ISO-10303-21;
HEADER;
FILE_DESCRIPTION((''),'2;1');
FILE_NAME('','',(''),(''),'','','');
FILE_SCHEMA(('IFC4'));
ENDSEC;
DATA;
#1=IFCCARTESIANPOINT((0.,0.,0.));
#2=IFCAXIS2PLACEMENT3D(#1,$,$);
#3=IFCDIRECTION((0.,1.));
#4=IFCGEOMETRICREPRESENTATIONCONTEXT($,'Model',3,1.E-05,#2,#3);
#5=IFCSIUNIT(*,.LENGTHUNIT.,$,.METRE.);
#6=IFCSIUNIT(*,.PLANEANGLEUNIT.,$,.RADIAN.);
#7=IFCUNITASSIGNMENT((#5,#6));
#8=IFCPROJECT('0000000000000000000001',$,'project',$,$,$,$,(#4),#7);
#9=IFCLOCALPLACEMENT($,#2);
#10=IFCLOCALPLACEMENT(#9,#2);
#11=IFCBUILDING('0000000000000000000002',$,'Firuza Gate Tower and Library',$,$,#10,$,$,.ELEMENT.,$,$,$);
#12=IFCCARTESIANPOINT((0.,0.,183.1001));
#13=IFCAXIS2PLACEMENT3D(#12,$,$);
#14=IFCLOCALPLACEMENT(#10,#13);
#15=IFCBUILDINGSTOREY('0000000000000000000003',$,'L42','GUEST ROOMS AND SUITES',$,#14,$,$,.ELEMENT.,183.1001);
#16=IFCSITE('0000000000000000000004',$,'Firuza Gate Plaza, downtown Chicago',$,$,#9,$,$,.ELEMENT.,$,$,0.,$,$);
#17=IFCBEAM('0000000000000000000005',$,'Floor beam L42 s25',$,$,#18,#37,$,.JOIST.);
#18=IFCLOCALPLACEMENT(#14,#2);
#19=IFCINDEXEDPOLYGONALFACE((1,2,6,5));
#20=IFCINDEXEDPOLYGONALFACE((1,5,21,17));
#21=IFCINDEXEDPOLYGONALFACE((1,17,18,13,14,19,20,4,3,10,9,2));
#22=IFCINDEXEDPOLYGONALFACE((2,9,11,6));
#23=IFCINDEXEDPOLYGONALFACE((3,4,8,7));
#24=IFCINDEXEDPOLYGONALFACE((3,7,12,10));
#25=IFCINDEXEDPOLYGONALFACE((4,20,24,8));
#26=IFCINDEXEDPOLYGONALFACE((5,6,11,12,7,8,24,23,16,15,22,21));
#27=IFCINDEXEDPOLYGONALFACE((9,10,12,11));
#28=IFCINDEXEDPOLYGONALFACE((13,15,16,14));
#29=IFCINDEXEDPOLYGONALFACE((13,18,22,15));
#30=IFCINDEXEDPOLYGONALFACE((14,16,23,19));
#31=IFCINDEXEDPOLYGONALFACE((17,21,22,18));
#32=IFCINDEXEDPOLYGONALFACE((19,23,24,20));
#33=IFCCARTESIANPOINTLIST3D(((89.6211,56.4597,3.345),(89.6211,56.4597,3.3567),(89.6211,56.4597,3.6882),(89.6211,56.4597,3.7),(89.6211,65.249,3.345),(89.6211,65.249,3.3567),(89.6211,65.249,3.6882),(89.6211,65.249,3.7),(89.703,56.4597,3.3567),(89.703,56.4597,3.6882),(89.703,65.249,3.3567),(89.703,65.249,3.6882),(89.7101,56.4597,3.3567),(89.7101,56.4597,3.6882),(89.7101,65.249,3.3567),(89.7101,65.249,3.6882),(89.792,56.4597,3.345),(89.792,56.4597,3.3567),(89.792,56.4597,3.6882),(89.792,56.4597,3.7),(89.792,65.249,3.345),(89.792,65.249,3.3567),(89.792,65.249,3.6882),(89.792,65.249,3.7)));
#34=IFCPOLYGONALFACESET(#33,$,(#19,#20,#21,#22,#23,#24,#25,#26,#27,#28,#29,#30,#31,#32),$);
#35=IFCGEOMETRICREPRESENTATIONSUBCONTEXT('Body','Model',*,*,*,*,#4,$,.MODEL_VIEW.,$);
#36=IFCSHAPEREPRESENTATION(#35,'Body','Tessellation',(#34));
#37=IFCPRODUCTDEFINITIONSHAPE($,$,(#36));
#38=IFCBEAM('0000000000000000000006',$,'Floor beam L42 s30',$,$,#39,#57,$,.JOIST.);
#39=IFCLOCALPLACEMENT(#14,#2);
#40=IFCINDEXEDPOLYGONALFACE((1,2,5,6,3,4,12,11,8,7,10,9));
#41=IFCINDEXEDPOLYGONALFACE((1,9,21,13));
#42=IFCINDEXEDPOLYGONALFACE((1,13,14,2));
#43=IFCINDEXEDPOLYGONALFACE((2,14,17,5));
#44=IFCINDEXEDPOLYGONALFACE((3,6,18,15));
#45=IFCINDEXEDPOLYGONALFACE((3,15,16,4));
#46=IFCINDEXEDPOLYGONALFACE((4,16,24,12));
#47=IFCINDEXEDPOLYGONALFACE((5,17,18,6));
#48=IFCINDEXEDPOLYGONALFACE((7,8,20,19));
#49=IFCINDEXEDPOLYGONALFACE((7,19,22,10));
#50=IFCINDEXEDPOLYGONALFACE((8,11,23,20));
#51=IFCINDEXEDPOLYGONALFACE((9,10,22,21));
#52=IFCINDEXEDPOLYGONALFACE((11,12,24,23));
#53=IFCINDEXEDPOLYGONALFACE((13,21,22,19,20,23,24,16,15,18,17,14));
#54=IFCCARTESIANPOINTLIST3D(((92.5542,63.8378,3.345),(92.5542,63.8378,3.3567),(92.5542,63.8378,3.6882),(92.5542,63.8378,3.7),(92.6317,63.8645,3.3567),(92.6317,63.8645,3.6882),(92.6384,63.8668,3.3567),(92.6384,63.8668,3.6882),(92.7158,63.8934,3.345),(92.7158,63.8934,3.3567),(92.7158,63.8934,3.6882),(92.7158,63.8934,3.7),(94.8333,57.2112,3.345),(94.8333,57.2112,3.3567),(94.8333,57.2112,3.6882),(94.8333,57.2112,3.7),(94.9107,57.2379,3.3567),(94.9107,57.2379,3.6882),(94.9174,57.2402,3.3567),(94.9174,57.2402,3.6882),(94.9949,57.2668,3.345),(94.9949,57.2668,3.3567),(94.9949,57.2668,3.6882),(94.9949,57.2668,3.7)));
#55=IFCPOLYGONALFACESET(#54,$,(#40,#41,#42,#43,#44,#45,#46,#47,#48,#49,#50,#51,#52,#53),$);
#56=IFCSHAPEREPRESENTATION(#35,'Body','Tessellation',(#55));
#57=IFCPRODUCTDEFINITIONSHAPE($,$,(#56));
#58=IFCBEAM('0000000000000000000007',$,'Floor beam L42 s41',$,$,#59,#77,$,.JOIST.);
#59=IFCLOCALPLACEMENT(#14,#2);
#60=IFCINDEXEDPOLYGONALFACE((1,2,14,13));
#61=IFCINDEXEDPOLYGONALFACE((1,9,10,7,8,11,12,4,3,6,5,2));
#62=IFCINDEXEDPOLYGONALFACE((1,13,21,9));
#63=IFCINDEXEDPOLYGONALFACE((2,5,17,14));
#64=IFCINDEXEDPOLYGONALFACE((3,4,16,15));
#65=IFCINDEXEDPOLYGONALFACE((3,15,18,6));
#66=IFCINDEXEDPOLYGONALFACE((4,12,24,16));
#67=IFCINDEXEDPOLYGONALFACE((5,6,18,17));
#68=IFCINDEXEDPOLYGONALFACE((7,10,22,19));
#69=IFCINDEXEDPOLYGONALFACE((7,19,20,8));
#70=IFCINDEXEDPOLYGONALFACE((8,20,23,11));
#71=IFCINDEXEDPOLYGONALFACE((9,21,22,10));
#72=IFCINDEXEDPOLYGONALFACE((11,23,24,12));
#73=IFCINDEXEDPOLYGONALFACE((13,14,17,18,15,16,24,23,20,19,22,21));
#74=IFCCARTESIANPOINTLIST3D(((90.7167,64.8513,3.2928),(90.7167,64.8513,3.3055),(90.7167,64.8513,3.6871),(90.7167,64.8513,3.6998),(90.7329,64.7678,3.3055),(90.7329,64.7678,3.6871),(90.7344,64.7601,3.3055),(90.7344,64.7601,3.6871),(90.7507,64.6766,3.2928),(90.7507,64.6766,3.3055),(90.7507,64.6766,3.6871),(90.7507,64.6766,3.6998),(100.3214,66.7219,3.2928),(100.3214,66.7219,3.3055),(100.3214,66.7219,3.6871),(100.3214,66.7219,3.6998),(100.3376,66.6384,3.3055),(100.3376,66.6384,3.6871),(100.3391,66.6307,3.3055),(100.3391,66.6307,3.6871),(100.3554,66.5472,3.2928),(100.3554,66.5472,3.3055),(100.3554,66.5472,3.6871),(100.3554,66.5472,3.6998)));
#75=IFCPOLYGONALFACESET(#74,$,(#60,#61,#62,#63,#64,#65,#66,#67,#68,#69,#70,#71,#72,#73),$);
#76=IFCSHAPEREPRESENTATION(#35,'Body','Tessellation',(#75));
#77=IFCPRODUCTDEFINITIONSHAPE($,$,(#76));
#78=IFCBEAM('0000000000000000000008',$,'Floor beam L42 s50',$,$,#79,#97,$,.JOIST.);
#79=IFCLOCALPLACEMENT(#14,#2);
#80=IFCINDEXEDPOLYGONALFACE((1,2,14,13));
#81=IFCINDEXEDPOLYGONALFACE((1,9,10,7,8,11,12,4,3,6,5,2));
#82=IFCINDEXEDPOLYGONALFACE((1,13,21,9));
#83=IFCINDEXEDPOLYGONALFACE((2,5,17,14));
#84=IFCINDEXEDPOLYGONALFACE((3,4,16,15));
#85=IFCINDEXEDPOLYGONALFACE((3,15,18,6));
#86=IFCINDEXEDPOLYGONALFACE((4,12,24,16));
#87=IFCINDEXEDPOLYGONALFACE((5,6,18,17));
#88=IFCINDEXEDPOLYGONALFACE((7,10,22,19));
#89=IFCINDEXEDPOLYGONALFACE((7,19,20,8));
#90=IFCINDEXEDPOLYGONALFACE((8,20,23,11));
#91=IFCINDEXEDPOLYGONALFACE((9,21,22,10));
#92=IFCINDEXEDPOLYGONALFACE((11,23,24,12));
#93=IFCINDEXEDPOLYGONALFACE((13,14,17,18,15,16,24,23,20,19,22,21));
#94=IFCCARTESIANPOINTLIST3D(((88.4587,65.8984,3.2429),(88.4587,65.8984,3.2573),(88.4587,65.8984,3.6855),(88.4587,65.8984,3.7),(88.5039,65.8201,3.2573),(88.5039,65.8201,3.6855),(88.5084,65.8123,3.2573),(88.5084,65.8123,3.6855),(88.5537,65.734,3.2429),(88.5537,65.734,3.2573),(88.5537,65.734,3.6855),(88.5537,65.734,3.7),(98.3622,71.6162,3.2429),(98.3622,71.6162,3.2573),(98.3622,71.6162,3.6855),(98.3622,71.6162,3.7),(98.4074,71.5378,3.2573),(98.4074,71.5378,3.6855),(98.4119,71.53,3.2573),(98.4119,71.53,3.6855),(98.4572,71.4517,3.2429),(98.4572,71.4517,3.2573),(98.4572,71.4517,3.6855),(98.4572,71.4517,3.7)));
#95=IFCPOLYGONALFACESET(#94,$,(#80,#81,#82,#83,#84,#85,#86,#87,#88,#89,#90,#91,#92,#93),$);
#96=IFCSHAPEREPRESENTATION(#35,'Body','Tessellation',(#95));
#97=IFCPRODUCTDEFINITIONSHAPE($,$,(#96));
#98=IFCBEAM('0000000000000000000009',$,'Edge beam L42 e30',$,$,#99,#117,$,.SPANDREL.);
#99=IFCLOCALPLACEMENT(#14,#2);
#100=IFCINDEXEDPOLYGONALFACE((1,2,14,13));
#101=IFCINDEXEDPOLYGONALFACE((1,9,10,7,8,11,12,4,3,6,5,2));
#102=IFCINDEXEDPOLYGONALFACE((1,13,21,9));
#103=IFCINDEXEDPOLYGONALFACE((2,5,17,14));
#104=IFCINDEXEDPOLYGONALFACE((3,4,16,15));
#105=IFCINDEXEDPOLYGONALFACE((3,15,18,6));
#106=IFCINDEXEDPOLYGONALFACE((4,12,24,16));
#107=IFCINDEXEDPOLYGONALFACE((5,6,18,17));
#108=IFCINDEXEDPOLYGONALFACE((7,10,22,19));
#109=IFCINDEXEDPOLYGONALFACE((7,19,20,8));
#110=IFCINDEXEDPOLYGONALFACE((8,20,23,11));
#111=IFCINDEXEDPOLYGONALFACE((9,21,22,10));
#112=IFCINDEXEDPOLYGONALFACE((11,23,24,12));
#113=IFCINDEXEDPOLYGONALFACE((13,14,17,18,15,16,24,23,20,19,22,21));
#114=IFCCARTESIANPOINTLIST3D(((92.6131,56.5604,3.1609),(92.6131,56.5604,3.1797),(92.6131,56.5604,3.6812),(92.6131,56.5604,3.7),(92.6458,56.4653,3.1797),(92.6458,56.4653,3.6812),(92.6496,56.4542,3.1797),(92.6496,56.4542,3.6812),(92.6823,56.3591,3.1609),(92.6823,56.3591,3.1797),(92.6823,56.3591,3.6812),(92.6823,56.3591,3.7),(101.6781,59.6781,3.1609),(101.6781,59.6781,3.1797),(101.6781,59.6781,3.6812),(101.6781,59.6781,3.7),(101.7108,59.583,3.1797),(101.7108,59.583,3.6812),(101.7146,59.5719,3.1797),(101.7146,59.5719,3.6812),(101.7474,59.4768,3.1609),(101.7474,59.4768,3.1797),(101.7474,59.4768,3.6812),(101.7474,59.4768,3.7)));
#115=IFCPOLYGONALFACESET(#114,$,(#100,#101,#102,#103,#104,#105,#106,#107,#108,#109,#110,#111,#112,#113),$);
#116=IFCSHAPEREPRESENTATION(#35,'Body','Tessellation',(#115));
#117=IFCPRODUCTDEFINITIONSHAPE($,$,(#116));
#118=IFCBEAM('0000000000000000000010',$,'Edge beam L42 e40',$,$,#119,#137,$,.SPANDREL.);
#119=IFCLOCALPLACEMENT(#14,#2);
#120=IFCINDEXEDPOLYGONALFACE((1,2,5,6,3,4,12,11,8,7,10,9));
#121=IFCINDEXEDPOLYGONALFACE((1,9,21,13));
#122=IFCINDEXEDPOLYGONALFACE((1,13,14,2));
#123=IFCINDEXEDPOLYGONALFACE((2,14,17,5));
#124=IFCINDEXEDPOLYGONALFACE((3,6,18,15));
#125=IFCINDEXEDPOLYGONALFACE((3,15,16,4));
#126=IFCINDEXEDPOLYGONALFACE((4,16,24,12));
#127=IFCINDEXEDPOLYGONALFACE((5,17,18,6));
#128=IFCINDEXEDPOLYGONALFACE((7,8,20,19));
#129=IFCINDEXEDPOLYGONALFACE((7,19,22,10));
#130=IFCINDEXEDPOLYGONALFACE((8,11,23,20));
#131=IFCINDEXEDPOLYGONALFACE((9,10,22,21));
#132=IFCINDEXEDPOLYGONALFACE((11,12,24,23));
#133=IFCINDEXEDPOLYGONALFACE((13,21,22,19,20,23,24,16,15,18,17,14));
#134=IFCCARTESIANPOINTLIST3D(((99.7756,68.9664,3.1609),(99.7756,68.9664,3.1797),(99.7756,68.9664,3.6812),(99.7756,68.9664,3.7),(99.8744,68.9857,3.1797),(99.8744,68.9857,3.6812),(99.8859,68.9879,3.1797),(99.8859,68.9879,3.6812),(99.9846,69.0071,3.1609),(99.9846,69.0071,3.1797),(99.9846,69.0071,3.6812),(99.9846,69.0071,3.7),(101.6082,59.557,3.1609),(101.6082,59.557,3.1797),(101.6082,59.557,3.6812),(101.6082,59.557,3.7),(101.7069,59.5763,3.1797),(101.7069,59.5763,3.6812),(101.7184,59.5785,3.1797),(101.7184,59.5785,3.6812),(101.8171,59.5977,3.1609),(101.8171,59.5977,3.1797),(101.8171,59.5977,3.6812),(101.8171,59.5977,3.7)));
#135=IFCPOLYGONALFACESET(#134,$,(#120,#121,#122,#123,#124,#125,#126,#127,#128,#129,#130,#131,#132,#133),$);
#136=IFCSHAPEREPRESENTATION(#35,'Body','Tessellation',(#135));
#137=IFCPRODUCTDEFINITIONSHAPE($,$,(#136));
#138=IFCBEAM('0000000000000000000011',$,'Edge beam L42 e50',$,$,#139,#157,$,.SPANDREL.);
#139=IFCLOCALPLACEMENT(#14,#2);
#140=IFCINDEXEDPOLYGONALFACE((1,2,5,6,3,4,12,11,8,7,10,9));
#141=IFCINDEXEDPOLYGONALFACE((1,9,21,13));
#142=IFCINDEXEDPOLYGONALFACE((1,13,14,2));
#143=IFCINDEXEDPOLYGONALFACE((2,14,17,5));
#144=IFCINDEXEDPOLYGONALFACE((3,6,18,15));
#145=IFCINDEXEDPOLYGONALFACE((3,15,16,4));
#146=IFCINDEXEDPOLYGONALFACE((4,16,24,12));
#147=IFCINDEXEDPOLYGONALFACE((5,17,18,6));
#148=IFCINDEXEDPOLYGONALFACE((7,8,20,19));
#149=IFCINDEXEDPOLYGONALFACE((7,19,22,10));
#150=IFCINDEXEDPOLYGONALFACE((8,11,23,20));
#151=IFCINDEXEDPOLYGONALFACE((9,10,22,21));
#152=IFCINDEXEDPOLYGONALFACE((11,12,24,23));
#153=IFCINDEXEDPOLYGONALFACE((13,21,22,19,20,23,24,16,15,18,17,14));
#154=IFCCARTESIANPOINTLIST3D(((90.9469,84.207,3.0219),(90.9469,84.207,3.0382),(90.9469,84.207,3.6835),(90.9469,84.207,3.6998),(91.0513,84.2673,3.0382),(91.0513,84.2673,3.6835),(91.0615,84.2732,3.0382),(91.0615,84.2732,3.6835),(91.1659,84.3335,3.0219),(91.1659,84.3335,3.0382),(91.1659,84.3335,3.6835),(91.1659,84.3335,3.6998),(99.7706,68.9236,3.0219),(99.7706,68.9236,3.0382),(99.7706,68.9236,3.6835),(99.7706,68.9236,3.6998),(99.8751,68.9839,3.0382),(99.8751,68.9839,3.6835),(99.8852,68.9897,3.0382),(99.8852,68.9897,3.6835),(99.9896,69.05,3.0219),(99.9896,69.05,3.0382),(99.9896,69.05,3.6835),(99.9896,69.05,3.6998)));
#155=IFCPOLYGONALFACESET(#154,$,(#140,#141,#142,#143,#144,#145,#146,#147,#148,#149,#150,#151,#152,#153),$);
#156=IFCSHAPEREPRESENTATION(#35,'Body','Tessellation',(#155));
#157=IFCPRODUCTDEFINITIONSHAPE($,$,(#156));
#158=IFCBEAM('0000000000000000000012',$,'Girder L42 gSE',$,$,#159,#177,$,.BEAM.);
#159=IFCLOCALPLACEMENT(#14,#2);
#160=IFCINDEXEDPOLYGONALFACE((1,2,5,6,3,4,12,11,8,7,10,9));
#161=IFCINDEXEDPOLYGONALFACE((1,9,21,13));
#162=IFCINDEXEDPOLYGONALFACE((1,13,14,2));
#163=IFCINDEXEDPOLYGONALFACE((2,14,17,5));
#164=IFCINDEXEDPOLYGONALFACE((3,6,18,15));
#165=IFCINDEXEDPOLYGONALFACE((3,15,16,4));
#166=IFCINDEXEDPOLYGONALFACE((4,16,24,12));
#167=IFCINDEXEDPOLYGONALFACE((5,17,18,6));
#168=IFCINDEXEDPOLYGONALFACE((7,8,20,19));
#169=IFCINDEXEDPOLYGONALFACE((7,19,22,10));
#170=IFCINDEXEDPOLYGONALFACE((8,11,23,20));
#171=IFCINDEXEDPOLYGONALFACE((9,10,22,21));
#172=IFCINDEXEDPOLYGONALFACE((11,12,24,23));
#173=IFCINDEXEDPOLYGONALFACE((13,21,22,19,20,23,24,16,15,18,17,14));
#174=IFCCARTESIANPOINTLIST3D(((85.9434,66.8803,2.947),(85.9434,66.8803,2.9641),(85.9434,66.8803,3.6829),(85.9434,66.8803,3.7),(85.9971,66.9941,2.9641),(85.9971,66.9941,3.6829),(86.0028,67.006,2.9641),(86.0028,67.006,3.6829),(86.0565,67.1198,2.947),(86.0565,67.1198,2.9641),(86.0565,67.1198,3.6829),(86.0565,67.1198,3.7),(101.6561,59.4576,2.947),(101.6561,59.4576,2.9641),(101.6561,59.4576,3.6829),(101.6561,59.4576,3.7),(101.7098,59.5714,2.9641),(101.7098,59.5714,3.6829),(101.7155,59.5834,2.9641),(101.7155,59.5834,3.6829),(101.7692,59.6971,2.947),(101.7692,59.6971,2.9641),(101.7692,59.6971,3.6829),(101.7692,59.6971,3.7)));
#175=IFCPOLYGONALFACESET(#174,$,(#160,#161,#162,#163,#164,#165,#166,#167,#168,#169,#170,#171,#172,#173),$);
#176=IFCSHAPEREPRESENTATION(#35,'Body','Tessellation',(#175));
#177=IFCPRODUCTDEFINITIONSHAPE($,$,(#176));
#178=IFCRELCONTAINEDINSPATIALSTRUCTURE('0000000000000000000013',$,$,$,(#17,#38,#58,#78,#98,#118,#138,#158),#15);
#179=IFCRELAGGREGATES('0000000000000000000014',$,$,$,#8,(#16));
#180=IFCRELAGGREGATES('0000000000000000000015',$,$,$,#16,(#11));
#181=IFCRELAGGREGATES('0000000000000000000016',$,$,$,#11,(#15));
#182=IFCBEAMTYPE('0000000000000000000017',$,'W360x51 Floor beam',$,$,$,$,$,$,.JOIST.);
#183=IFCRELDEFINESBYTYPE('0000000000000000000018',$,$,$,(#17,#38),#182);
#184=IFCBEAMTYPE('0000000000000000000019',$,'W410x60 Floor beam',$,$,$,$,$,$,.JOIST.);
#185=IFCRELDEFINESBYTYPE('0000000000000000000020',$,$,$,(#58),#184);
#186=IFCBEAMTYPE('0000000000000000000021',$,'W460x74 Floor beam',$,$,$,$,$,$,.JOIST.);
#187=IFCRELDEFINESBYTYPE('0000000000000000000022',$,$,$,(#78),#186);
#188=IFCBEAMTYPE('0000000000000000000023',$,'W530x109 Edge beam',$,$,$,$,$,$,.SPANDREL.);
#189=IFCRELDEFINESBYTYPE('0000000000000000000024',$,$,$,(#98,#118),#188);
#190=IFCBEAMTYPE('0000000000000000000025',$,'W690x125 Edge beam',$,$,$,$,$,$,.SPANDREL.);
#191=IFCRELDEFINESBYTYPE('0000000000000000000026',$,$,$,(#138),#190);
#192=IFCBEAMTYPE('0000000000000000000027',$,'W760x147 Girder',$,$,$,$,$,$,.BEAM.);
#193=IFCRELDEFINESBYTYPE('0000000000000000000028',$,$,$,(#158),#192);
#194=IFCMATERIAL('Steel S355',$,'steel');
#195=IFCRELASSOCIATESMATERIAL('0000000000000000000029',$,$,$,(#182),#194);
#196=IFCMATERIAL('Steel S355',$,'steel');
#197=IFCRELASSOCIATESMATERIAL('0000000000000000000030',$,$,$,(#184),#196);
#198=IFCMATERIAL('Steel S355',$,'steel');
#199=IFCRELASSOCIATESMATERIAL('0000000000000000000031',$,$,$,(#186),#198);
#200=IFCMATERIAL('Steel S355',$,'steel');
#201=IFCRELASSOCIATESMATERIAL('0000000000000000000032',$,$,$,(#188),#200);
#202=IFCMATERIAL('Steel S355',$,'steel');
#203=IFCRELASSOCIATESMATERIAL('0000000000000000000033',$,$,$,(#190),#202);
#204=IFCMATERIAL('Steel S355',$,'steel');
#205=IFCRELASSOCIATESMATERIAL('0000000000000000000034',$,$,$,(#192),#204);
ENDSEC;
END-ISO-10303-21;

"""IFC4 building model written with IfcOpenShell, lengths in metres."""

from ifc_helpers import new_model, si_unit, direction, frame, origin, origin_2d, place, context, subcontext, project, spatial, i_section, extrude, material, material_profile, profile_set, type_object, element, save


model = new_model("IFC4")

# Units and contexts
model_context = context("Model", 3, precision=1e-05, world=origin(), true_north=direction((0.0, 1.0)))
body_context = subcontext(model_context, "Body", "Model", "MODEL_VIEW")
ifc_project = project(units=[si_unit("LENGTHUNIT", "METRE"), si_unit("PLANEANGLEUNIT", "RADIAN")], contexts=[model_context])

# Site, building, storey
site_placement = place(None, origin())
site = spatial("IfcSite", under=ifc_project, at=site_placement, Name="Firuza Gate Plaza, downtown Chicago", CompositionType="ELEMENT", RefElevation=0.0)
building_placement = place(site_placement, origin())
building = spatial("IfcBuilding", under=site, at=building_placement, Name="Firuza Gate Tower and Library", CompositionType="ELEMENT")
storey_placement = place(building_placement, frame((0.0, 0.0, 183.1001)))
storey = spatial("IfcBuildingStorey", under=building, at=storey_placement, Name="L42", Description="GUEST ROOMS AND SUITES", CompositionType="ELEMENT", Elevation=183.1001)

# Beams
ifc_material_1 = material(Name="Steel S355", Category="steel")
ifc_material_profile_1 = material_profile(ifc_material_1, i_section(OverallWidth=0.1709, OverallDepth=0.355, WebThickness=0.0071, FlangeThickness=0.0117, at=origin_2d()))
ifc_profile_set_1 = profile_set([ifc_material_profile_1], Name="Steel S355")
beam_type_1 = type_object("IfcBeamType", Name="W360x51 Floor beam", PredefinedType="JOIST", material=ifc_profile_set_1)
beam_1_placement = place(storey_placement, frame((89.7065, 56.4597, 3.5225), z_axis=(0.0, 1.0, 0.0), x_axis=(-1.0, 0.0, 0.0)))
element("IfcBeam", 1, at=beam_1_placement, inside=storey, type_object=beam_type_1, Name="Floor beam L42 s25", PredefinedType="JOIST", context=body_context, shape_type="SweptSolid", body=[
    extrude(i_section(OverallWidth=0.1709, OverallDepth=0.355, WebThickness=0.0071, FlangeThickness=0.0117, at=origin_2d()), origin(), (0.0, 0.0, 1.0), 8.7893),
])
beam_2_placement = place(storey_placement, frame((94.9141, 57.239, 3.5225), z_axis=(-0.325223, 0.945637, 0.0), x_axis=(-0.945637, -0.325223, 0.0)))
element("IfcBeam", 2, at=beam_2_placement, inside=storey, type_object=beam_type_1, Name="Floor beam L42 s30", PredefinedType="JOIST", context=body_context, shape_type="SweptSolid", body=[
    extrude(i_section(OverallWidth=0.1709, OverallDepth=0.355, WebThickness=0.0071, FlangeThickness=0.0117, at=origin_2d()), origin(), (0.0, 0.0, 1.0), 7.0076),
])
ifc_material_2 = material(Name="Steel S355", Category="steel")
ifc_material_profile_2 = material_profile(ifc_material_2, i_section(OverallWidth=0.178, OverallDepth=0.407, WebThickness=0.0078, FlangeThickness=0.0127, at=origin_2d()))
ifc_profile_set_2 = profile_set([ifc_material_profile_2], Name="Steel S355")
beam_type_2 = type_object("IfcBeamType", Name="W410x60 Floor beam", PredefinedType="JOIST", material=ifc_profile_set_2)
beam_3_placement = place(storey_placement, frame((100.3384, 66.6345, 3.4963), z_axis=(-0.981558, -0.191167, 0.0), x_axis=(0.191167, -0.981558, 0.0)))
element("IfcBeam", 3, at=beam_3_placement, inside=storey, type_object=beam_type_2, Name="Floor beam L42 s41", PredefinedType="JOIST", context=body_context, shape_type="SweptSolid", body=[
    extrude(i_section(OverallWidth=0.178, OverallDepth=0.407, WebThickness=0.0078, FlangeThickness=0.0127, at=origin_2d()), origin(), (0.0, 0.0, 1.0), 9.7852),
])
ifc_material_3 = material(Name="Steel S355", Category="steel")
ifc_material_profile_3 = material_profile(ifc_material_3, i_section(OverallWidth=0.1899, OverallDepth=0.457, WebThickness=0.009, FlangeThickness=0.0144, at=origin_2d()))
ifc_profile_set_3 = profile_set([ifc_material_profile_3], Name="Steel S355")
beam_type_3 = type_object("IfcBeamType", Name="W460x74 Floor beam", PredefinedType="JOIST", material=ifc_profile_set_3)
beam_4_placement = place(storey_placement, frame((98.4097, 71.5339, 3.4714), z_axis=(-0.866027, -0.499997, 0.0), x_axis=(0.499997, -0.866027, 0.0)))
element("IfcBeam", 4, at=beam_4_placement, inside=storey, type_object=beam_type_3, Name="Floor beam L42 s50", PredefinedType="JOIST", context=body_context, shape_type="SweptSolid", body=[
    extrude(i_section(OverallWidth=0.1899, OverallDepth=0.457, WebThickness=0.009, FlangeThickness=0.0144, at=origin_2d()), origin(), (0.0, 0.0, 1.0), 11.4355),
])
ifc_material_4 = material(Name="Steel S355", Category="steel")
ifc_material_profile_4 = material_profile(ifc_material_4, i_section(OverallWidth=0.2129, OverallDepth=0.5391, WebThickness=0.0117, FlangeThickness=0.0188, at=origin_2d()))
ifc_profile_set_4 = profile_set([ifc_material_profile_4], Name="Steel S355")
beam_type_4 = type_object("IfcBeamType", Name="W530x109 Edge beam", PredefinedType="SPANDREL", material=ifc_profile_set_4)
for number, where, z_axis, x_axis, name in (
    (5, (92.6477, 56.4597, 3.4304), (0.945635, 0.325229, 0.0), (-0.325229, 0.945635, 0.0), "Edge beam L42 e30"),
    (6, (101.7126, 59.5774, 3.4304), (-0.191162, 0.981558, 0.0), (-0.981558, -0.191162, 0.0), "Edge beam L42 e40"),
):
    element("IfcBeam", number, at=place(storey_placement, frame(where, z_axis=z_axis, x_axis=x_axis)), inside=storey, type_object=beam_type_4, Name=name, PredefinedType="SPANDREL", context=body_context, shape_type="SweptSolid", body=[
        extrude(i_section(OverallWidth=0.2129, OverallDepth=0.5391, WebThickness=0.0117, FlangeThickness=0.0188, at=origin_2d()), origin(), (0.0, 0.0, 1.0), 9.5862),
    ])
ifc_material_5 = material(Name="Steel S355", Category="steel")
ifc_material_profile_5 = material_profile(ifc_material_5, i_section(OverallWidth=0.2529, OverallDepth=0.678, WebThickness=0.0117, FlangeThickness=0.0164, at=origin_2d()))
ifc_profile_set_5 = profile_set([ifc_material_profile_5], Name="Steel S355")
beam_type_5 = type_object("IfcBeamType", Name="W690x125 Edge beam", PredefinedType="SPANDREL", material=ifc_profile_set_5)
beam_5_placement = place(storey_placement, frame((99.8801, 68.9868, 3.3608), z_axis=(-0.499993, 0.86603, 0.0), x_axis=(-0.86603, -0.499993, 0.0)))
element("IfcBeam", 7, at=beam_5_placement, inside=storey, type_object=beam_type_5, Name="Edge beam L42 e50", PredefinedType="SPANDREL", context=body_context, shape_type="SweptSolid", body=[
    extrude(i_section(OverallWidth=0.2529, OverallDepth=0.678, WebThickness=0.0117, FlangeThickness=0.0164, at=origin_2d()), origin(), (0.0, 0.0, 1.0), 17.6477),
])
ifc_material_6 = material(Name="Steel S355", Category="steel")
ifc_material_profile_6 = material_profile(ifc_material_6, i_section(OverallWidth=0.2649, OverallDepth=0.7529, WebThickness=0.0132, FlangeThickness=0.0171, at=origin_2d()))
ifc_profile_set_6 = profile_set([ifc_material_profile_6], Name="Steel S355")
beam_type_6 = type_object("IfcBeamType", Name="W760x147 Girder", PredefinedType="BEAM", material=ifc_profile_set_6)
beam_6_placement = place(storey_placement, frame((101.7126, 59.5774, 3.3235), z_axis=(-0.904188, 0.427136, 0.0), x_axis=(-0.427136, -0.904188, 0.0)))
element("IfcBeam", 8, at=beam_6_placement, inside=storey, type_object=beam_type_6, Name="Girder L42 gSE", PredefinedType="BEAM", context=body_context, shape_type="SweptSolid", body=[
    extrude(i_section(OverallWidth=0.2649, OverallDepth=0.7529, WebThickness=0.0132, FlangeThickness=0.0171, at=origin_2d()), origin(), (0.0, 0.0, 1.0), 17.3777),
])

save(model, "model.ifc")
